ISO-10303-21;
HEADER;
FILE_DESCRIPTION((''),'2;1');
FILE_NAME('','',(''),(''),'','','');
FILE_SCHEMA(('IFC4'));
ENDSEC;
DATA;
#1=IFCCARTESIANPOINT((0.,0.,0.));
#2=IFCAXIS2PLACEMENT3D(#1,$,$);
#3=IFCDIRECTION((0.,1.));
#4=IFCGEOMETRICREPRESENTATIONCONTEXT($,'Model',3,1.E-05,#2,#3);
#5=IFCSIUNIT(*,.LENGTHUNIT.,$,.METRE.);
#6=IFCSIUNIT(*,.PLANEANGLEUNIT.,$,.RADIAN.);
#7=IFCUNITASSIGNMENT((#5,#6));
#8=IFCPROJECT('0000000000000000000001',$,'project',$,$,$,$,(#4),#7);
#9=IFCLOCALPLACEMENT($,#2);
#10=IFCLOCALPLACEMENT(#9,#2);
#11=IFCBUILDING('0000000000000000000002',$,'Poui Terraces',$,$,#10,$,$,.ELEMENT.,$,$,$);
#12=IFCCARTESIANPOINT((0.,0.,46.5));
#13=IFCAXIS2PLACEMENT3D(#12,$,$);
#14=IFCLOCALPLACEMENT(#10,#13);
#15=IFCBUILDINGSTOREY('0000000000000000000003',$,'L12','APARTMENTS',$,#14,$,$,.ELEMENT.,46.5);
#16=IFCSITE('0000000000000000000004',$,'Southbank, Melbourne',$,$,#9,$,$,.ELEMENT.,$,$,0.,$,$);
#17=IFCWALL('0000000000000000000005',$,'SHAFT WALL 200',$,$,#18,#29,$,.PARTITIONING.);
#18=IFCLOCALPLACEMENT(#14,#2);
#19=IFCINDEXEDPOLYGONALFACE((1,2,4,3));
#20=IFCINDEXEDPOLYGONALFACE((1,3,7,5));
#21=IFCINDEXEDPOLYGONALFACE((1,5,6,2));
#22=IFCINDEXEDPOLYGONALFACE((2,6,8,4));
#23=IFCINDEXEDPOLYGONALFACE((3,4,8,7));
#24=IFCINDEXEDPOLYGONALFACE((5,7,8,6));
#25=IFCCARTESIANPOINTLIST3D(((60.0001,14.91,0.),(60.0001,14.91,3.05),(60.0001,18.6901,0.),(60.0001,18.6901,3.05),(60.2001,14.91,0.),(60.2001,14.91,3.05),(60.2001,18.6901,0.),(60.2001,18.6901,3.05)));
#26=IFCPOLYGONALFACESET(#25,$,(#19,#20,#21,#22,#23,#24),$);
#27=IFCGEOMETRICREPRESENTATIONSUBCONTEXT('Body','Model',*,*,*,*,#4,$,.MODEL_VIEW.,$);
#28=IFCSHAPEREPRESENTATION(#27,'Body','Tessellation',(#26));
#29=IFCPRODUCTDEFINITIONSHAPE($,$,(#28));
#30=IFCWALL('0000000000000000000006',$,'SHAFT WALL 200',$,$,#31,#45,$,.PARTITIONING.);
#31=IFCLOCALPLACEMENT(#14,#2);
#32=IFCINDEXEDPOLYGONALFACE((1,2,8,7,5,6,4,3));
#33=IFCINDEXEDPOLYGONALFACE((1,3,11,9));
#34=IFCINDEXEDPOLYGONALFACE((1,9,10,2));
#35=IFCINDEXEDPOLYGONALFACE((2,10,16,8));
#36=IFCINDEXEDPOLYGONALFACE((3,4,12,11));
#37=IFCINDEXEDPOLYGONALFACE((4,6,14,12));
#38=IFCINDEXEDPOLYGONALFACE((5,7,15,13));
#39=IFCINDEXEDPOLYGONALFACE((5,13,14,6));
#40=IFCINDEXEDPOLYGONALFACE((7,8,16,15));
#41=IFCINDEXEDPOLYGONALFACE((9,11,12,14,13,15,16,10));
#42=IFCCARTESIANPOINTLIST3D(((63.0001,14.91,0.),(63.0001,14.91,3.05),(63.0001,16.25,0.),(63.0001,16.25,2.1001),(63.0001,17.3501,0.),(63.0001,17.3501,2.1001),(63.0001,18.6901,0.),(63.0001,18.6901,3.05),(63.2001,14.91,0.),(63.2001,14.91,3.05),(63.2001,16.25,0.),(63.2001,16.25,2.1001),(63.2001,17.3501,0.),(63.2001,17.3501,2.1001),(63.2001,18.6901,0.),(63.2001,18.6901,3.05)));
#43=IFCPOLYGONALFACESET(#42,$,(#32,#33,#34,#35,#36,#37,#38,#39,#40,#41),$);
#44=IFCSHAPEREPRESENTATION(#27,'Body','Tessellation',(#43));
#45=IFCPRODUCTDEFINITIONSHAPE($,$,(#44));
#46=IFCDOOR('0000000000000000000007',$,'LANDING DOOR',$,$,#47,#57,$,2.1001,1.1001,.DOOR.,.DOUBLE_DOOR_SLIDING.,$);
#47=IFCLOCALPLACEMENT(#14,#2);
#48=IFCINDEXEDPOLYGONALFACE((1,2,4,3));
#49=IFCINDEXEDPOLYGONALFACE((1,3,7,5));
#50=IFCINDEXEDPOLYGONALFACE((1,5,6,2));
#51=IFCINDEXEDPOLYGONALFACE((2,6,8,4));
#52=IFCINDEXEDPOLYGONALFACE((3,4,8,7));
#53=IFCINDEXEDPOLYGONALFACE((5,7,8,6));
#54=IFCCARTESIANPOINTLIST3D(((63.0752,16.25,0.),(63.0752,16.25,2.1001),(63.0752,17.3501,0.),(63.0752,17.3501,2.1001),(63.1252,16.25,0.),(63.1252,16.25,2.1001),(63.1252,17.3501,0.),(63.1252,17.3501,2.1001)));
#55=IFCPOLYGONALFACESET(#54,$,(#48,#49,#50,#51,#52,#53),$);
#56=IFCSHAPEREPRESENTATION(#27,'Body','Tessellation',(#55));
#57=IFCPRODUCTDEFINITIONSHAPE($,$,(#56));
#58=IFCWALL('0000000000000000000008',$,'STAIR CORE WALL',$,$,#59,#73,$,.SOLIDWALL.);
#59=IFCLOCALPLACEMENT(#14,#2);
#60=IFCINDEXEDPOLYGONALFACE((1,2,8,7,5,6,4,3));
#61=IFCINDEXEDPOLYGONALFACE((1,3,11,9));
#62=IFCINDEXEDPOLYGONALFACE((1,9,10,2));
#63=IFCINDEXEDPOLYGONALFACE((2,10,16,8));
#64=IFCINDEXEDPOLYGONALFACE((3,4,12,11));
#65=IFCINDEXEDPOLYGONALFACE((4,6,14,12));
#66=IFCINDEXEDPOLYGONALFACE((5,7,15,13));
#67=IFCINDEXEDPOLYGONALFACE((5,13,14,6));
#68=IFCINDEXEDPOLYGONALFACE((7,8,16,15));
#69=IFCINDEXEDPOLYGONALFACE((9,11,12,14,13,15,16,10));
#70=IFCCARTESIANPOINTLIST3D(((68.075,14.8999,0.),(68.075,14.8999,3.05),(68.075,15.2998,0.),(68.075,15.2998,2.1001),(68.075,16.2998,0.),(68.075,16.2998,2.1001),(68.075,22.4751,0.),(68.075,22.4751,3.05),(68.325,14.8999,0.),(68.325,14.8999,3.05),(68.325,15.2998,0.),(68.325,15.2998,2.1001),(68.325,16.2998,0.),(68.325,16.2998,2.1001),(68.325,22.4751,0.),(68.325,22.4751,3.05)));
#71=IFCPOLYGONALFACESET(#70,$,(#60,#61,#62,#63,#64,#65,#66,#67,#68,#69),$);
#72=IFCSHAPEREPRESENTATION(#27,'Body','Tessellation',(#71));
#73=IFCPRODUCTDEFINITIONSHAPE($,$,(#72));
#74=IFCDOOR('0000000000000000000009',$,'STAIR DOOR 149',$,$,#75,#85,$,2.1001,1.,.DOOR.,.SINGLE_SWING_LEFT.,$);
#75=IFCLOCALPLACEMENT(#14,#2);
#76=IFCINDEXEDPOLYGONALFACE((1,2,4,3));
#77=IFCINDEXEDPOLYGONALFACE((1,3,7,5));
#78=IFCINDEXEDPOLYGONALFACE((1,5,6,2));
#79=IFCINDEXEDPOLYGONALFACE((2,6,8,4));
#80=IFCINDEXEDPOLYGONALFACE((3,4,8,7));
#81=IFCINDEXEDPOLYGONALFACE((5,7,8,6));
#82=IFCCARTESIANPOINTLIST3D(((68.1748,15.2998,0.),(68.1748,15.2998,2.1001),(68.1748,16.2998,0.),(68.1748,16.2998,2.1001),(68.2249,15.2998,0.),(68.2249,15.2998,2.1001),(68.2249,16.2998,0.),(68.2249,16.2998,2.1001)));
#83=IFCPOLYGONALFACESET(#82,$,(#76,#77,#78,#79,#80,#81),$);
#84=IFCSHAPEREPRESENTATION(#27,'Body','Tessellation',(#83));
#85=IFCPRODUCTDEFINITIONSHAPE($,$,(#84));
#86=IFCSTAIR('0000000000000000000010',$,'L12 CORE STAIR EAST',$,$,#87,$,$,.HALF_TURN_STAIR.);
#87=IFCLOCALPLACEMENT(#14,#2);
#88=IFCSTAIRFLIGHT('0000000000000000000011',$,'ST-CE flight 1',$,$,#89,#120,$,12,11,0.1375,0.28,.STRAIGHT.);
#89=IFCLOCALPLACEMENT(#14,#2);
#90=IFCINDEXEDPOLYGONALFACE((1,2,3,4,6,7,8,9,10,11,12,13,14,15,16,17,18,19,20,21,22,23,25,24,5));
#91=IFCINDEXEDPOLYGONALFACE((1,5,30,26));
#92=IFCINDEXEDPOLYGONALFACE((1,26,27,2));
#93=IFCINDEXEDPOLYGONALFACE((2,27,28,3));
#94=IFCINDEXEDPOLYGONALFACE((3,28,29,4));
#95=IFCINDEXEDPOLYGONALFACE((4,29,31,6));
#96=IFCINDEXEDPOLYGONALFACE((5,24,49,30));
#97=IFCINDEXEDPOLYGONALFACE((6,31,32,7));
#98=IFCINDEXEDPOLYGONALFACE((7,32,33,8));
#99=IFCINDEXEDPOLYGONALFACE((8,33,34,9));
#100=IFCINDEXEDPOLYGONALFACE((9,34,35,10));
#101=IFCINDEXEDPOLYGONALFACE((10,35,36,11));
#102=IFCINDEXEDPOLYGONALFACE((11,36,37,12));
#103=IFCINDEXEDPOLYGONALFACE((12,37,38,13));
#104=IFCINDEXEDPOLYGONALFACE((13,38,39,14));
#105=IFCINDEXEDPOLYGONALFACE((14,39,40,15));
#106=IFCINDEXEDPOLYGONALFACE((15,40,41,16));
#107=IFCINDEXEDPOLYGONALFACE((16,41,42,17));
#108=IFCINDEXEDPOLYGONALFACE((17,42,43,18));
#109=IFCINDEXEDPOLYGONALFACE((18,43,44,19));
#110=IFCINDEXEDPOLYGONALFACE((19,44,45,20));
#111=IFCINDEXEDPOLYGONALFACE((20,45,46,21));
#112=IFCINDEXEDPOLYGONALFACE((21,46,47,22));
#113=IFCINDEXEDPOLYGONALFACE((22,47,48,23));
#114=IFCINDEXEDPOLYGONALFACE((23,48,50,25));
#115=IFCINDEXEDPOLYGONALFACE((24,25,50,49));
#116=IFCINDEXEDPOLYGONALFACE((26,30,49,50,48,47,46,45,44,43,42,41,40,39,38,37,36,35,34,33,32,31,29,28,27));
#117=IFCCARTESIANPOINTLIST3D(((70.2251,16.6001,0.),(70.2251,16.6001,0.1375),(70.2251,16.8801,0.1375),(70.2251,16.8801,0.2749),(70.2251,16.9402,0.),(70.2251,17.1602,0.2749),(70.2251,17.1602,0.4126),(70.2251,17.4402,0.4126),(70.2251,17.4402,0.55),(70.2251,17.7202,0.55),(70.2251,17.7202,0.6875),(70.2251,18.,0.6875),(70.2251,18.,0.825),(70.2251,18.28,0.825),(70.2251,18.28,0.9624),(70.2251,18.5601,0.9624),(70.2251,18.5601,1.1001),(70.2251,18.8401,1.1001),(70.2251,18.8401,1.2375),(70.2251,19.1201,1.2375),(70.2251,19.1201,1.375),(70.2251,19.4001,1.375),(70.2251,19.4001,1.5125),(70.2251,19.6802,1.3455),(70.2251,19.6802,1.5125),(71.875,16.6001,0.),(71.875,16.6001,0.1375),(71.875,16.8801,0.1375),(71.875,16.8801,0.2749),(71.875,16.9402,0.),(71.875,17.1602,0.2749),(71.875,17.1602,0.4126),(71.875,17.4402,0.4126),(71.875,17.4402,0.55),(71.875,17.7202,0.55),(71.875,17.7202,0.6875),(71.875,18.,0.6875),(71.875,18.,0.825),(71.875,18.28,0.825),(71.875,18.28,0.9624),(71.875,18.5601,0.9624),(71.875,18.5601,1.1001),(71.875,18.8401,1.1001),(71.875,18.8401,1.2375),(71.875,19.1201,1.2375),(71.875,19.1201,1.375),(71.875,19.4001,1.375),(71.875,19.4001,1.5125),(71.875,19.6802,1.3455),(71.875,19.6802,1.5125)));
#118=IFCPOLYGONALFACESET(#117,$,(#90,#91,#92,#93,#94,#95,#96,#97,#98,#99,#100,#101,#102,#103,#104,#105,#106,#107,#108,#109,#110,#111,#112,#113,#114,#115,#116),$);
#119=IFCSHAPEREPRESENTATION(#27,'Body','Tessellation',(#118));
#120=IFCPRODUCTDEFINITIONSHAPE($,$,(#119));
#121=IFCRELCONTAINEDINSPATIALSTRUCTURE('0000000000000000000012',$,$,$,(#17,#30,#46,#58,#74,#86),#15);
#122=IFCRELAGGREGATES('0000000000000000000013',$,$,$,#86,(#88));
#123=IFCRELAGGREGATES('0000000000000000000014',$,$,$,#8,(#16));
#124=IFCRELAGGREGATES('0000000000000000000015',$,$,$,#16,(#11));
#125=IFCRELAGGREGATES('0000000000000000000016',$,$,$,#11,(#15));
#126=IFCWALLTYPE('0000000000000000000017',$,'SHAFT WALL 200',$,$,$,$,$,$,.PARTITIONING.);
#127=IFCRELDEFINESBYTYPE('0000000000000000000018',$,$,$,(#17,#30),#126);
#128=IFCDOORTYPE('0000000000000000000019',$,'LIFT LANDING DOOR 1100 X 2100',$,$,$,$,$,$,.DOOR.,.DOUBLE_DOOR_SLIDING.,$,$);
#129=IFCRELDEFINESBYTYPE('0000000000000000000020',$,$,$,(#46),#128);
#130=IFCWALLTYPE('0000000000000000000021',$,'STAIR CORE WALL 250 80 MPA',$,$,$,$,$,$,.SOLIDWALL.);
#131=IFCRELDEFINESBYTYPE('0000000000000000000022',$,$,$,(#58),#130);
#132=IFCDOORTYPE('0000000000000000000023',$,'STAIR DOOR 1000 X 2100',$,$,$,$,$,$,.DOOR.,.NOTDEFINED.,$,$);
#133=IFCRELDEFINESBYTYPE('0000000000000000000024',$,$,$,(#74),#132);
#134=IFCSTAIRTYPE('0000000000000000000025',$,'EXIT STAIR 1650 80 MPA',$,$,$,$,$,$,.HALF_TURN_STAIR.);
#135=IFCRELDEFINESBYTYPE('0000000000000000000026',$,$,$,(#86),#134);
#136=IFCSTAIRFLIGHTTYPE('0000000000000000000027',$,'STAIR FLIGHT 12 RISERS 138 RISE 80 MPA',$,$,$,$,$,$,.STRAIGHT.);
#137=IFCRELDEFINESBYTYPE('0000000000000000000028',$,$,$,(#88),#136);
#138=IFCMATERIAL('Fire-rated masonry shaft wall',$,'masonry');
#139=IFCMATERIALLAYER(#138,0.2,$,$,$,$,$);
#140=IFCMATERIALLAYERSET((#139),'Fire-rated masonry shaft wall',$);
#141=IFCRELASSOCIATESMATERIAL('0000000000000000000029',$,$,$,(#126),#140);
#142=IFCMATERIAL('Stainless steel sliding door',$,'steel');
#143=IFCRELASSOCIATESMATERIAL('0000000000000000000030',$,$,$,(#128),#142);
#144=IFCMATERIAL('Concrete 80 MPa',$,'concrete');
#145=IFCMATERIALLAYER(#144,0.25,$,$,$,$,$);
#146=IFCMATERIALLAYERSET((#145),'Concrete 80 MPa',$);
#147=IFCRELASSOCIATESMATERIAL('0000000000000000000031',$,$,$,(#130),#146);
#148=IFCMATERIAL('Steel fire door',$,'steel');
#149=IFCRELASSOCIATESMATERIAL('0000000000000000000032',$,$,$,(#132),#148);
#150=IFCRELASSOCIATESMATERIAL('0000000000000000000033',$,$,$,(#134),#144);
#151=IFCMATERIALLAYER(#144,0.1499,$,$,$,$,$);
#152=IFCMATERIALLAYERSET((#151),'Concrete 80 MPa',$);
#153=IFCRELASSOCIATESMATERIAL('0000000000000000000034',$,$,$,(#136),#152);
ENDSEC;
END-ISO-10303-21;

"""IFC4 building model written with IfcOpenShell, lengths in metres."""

from ifc_helpers import new_model, si_unit, direction, frame, frame_2d, origin, place, context, subcontext, project, spatial, polyline, rectangle, outline, extrude, material, layer, layer_set, type_object, element, fill, aggregate, save


model = new_model("IFC4")

# Units and contexts
model_context = context("Model", 3, precision=1e-05, world=origin(), true_north=direction((0.0, 1.0)))
body_context = subcontext(model_context, "Body", "Model", "MODEL_VIEW")
ifc_project = project(units=[si_unit("LENGTHUNIT", "METRE"), si_unit("PLANEANGLEUNIT", "RADIAN")], contexts=[model_context])

# Site, building, storey
site_placement = place(None, origin())
site = spatial("IfcSite", under=ifc_project, at=site_placement, Name="Southbank, Melbourne", CompositionType="ELEMENT", RefElevation=0.0)
building_placement = place(site_placement, origin())
building = spatial("IfcBuilding", under=site, at=building_placement, Name="Poui Terraces", CompositionType="ELEMENT")
storey_placement = place(building_placement, frame((0.0, 0.0, 46.5)))
storey = spatial("IfcBuildingStorey", under=building, at=storey_placement, Name="L12", Description="APARTMENTS", CompositionType="ELEMENT", Elevation=46.5)

# Shared definitions
ifc_material_1 = material(Name="Concrete 80 MPa", Category="concrete")

# Shared definitions
ifc_material_2 = material(Name="Steel fire door", Category="steel")

# Wall
ifc_material_3 = material(Name="Fire-rated masonry shaft wall", Category="masonry")
ifc_layer_1 = layer(ifc_material_3, 0.2)
ifc_layer_set_1 = layer_set([ifc_layer_1], Name="Fire-rated masonry shaft wall")
wall_type_1 = type_object("IfcWallType", Name="SHAFT WALL 200", PredefinedType="PARTITIONING", material=ifc_layer_set_1)
wall_1_placement = place(storey_placement, frame((60.1001, 14.9099, 0.0), z_axis=(0.0, 0.0, 1.0), x_axis=(0.0, 1.0, 0.0)))
element("IfcWall", 1, at=wall_1_placement, inside=storey, type_object=wall_type_1, Name="SHAFT WALL 200", PredefinedType="PARTITIONING", context=body_context, shape_type="SweptSolid", body=[
    extrude(rectangle(XDim=3.78, YDim=0.2, at=frame_2d((1.8901, 0.0))), origin(), (0.0, 0.0, 1.0), 3.05),
])

# Walls, openings, doors
wall_2_placement = place(storey_placement, frame((63.1001, 14.9099, 0.0), z_axis=(0.0, 0.0, 1.0), x_axis=(0.0, 1.0, 0.0)))
wall_2 = element("IfcWall", 2, at=wall_2_placement, inside=storey, type_object=wall_type_1, Name="SHAFT WALL 200", PredefinedType="PARTITIONING", context=body_context, shape_type="SweptSolid", body=[
    extrude(rectangle(XDim=3.78, YDim=0.2, at=frame_2d((1.8901, 0.0))), origin(), (0.0, 0.0, 1.0), 3.05),
])
opening_1_placement = place(wall_2_placement, frame((1.3401, 0.0, 0.0)))
opening_1 = element("IfcOpeningElement", 3, at=opening_1_placement, cuts=wall_2, PredefinedType="OPENING", context=body_context, shape_type="SweptSolid", body=[
    extrude(rectangle(XDim=1.1001, YDim=2.1001, at=frame_2d((0.55, 1.05))), frame((0.0, 0.1099, 0.0), z_axis=(0.0, -1.0, 0.0), x_axis=(1.0, 0.0, 0.0)), (0.0, 0.0, 1.0), 0.22),
])
ifc_material_4 = material(Name="Stainless steel sliding door", Category="steel")
door_type_1 = type_object("IfcDoorType", Name="LIFT LANDING DOOR 1100 X 2100", OperationType="DOUBLE_DOOR_SLIDING", PredefinedType="DOOR", material=ifc_material_4)
door_1_placement = place(opening_1_placement, origin())
door_1 = element("IfcDoor", 4, at=door_1_placement, inside=storey, type_object=door_type_1, Name="LANDING DOOR", OperationType="DOUBLE_DOOR_SLIDING", OverallHeight=2.1001, OverallWidth=1.1001, PredefinedType="DOOR", context=body_context, shape_type="SweptSolid", body=[
    extrude(rectangle(XDim=1.1001, YDim=2.1001, at=frame_2d((0.55, 1.05))), frame((0.0, 0.0249, 0.0), z_axis=(0.0, -1.0, 0.0), x_axis=(1.0, 0.0, 0.0)), (0.0, 0.0, 1.0), 0.05),
])
fill(opening_1, door_1)
ifc_layer_2 = layer(ifc_material_1, 0.25)
ifc_layer_set_2 = layer_set([ifc_layer_2], Name="Concrete 80 MPa")
wall_type_2 = type_object("IfcWallType", Name="STAIR CORE WALL 250 80 MPA", PredefinedType="SOLIDWALL", material=ifc_layer_set_2)
wall_3_placement = place(storey_placement, frame((68.2, 14.8999, 0.0), z_axis=(0.0, 0.0, 1.0), x_axis=(0.0, 1.0, 0.0)))
wall_3 = element("IfcWall", 5, at=wall_3_placement, inside=storey, type_object=wall_type_2, Name="STAIR CORE WALL", PredefinedType="SOLIDWALL", context=body_context, shape_type="SweptSolid", body=[
    extrude(rectangle(XDim=7.5752, YDim=0.25, at=frame_2d((3.7876, 0.0))), origin(), (0.0, 0.0, 1.0), 3.05),
])
opening_2_placement = place(wall_3_placement, frame((0.3999, 0.0, 0.0)))
opening_2 = element("IfcOpeningElement", 6, at=opening_2_placement, cuts=wall_3, PredefinedType="OPENING", context=body_context, shape_type="SweptSolid", body=[
    extrude(rectangle(XDim=1.0, YDim=2.1001, at=frame_2d((0.5, 1.05))), frame((0.0, 0.135, 0.0), z_axis=(0.0, -1.0, 0.0), x_axis=(1.0, 0.0, 0.0)), (0.0, 0.0, 1.0), 0.27),
])
door_type_2 = type_object("IfcDoorType", Name="STAIR DOOR 1000 X 2100", OperationType="NOTDEFINED", PredefinedType="DOOR", material=ifc_material_2)
door_2_placement = place(opening_2_placement, frame((1.0, 0.0, 0.0), z_axis=(0.0, 0.0, 1.0), x_axis=(-1.0, 0.0, 0.0)))
door_2 = element("IfcDoor", 7, at=door_2_placement, inside=storey, type_object=door_type_2, Name="STAIR DOOR 149", OperationType="SINGLE_SWING_LEFT", OverallHeight=2.1001, OverallWidth=1.0, PredefinedType="DOOR", context=body_context, shape_type="SweptSolid", body=[
    extrude(rectangle(XDim=1.0, YDim=2.1001, at=frame_2d((0.5, 1.05))), frame((0.0, 0.0249, 0.0), z_axis=(0.0, -1.0, 0.0), x_axis=(1.0, 0.0, 0.0)), (0.0, 0.0, 1.0), 0.05),
])
fill(opening_2, door_2)

# Stair, stair flight
stair_type = type_object("IfcStairType", Name="EXIT STAIR 1650 80 MPA", PredefinedType="HALF_TURN_STAIR", material=ifc_material_1)
stair_placement = place(storey_placement, origin())
stair = element("IfcStair", 8, at=stair_placement, inside=storey, type_object=stair_type, Name="L12 CORE STAIR EAST", PredefinedType="HALF_TURN_STAIR")
ifc_layer_3 = layer(ifc_material_1, 0.1499)
ifc_layer_set_3 = layer_set([ifc_layer_3], Name="Concrete 80 MPa")
stair_flight_type = type_object("IfcStairFlightType", Name="STAIR FLIGHT 12 RISERS 138 RISE 80 MPA", PredefinedType="STRAIGHT", material=ifc_layer_set_3)
stair_flight_placement = place(storey_placement, frame((71.05, 16.6001, 0.0), z_axis=(0.0, 0.0, 1.0), x_axis=(0.0, 1.0, 0.0)))
stair_flight = element("IfcStairFlight", 9, at=stair_flight_placement, type_object=stair_flight_type, Name="ST-CE flight 1", NumberOfRisers=12, NumberOfTreads=11, PredefinedType="STRAIGHT", RiserHeight=0.1375, TreadLength=0.28, context=body_context, shape_type="SweptSolid", body=[
    extrude(outline(polyline([(0.0, 0.0), (0.0, 0.1375), (0.28, 0.1375), (0.28, 0.2749), (0.5601, 0.2749), (0.5601, 0.4126), (0.8401, 0.4126), (0.8401, 0.55), (1.1201, 0.55), (1.1201, 0.6875), (1.3999, 0.6875), (1.3999, 0.825), (1.6799, 0.825), (1.6799, 0.9624), (1.96, 0.9624), (1.96, 1.1001), (2.24, 1.1001), (2.24, 1.2375), (2.52, 1.2375), (2.52, 1.375), (2.8, 1.375), (2.8, 1.5125), (3.0801, 1.5125), (3.0801, 1.6499), (3.0801, 1.3455), (0.3401, 0.0), (0.0, 0.0)])), frame((0.0, 0.825, 0.0), z_axis=(0.0, -1.0, 0.0), x_axis=(1.0, 0.0, 0.0)), (0.0, 0.0, 1.0), 1.6499),
])
aggregate(stair, [stair_flight])

save(model, "model.ifc")
